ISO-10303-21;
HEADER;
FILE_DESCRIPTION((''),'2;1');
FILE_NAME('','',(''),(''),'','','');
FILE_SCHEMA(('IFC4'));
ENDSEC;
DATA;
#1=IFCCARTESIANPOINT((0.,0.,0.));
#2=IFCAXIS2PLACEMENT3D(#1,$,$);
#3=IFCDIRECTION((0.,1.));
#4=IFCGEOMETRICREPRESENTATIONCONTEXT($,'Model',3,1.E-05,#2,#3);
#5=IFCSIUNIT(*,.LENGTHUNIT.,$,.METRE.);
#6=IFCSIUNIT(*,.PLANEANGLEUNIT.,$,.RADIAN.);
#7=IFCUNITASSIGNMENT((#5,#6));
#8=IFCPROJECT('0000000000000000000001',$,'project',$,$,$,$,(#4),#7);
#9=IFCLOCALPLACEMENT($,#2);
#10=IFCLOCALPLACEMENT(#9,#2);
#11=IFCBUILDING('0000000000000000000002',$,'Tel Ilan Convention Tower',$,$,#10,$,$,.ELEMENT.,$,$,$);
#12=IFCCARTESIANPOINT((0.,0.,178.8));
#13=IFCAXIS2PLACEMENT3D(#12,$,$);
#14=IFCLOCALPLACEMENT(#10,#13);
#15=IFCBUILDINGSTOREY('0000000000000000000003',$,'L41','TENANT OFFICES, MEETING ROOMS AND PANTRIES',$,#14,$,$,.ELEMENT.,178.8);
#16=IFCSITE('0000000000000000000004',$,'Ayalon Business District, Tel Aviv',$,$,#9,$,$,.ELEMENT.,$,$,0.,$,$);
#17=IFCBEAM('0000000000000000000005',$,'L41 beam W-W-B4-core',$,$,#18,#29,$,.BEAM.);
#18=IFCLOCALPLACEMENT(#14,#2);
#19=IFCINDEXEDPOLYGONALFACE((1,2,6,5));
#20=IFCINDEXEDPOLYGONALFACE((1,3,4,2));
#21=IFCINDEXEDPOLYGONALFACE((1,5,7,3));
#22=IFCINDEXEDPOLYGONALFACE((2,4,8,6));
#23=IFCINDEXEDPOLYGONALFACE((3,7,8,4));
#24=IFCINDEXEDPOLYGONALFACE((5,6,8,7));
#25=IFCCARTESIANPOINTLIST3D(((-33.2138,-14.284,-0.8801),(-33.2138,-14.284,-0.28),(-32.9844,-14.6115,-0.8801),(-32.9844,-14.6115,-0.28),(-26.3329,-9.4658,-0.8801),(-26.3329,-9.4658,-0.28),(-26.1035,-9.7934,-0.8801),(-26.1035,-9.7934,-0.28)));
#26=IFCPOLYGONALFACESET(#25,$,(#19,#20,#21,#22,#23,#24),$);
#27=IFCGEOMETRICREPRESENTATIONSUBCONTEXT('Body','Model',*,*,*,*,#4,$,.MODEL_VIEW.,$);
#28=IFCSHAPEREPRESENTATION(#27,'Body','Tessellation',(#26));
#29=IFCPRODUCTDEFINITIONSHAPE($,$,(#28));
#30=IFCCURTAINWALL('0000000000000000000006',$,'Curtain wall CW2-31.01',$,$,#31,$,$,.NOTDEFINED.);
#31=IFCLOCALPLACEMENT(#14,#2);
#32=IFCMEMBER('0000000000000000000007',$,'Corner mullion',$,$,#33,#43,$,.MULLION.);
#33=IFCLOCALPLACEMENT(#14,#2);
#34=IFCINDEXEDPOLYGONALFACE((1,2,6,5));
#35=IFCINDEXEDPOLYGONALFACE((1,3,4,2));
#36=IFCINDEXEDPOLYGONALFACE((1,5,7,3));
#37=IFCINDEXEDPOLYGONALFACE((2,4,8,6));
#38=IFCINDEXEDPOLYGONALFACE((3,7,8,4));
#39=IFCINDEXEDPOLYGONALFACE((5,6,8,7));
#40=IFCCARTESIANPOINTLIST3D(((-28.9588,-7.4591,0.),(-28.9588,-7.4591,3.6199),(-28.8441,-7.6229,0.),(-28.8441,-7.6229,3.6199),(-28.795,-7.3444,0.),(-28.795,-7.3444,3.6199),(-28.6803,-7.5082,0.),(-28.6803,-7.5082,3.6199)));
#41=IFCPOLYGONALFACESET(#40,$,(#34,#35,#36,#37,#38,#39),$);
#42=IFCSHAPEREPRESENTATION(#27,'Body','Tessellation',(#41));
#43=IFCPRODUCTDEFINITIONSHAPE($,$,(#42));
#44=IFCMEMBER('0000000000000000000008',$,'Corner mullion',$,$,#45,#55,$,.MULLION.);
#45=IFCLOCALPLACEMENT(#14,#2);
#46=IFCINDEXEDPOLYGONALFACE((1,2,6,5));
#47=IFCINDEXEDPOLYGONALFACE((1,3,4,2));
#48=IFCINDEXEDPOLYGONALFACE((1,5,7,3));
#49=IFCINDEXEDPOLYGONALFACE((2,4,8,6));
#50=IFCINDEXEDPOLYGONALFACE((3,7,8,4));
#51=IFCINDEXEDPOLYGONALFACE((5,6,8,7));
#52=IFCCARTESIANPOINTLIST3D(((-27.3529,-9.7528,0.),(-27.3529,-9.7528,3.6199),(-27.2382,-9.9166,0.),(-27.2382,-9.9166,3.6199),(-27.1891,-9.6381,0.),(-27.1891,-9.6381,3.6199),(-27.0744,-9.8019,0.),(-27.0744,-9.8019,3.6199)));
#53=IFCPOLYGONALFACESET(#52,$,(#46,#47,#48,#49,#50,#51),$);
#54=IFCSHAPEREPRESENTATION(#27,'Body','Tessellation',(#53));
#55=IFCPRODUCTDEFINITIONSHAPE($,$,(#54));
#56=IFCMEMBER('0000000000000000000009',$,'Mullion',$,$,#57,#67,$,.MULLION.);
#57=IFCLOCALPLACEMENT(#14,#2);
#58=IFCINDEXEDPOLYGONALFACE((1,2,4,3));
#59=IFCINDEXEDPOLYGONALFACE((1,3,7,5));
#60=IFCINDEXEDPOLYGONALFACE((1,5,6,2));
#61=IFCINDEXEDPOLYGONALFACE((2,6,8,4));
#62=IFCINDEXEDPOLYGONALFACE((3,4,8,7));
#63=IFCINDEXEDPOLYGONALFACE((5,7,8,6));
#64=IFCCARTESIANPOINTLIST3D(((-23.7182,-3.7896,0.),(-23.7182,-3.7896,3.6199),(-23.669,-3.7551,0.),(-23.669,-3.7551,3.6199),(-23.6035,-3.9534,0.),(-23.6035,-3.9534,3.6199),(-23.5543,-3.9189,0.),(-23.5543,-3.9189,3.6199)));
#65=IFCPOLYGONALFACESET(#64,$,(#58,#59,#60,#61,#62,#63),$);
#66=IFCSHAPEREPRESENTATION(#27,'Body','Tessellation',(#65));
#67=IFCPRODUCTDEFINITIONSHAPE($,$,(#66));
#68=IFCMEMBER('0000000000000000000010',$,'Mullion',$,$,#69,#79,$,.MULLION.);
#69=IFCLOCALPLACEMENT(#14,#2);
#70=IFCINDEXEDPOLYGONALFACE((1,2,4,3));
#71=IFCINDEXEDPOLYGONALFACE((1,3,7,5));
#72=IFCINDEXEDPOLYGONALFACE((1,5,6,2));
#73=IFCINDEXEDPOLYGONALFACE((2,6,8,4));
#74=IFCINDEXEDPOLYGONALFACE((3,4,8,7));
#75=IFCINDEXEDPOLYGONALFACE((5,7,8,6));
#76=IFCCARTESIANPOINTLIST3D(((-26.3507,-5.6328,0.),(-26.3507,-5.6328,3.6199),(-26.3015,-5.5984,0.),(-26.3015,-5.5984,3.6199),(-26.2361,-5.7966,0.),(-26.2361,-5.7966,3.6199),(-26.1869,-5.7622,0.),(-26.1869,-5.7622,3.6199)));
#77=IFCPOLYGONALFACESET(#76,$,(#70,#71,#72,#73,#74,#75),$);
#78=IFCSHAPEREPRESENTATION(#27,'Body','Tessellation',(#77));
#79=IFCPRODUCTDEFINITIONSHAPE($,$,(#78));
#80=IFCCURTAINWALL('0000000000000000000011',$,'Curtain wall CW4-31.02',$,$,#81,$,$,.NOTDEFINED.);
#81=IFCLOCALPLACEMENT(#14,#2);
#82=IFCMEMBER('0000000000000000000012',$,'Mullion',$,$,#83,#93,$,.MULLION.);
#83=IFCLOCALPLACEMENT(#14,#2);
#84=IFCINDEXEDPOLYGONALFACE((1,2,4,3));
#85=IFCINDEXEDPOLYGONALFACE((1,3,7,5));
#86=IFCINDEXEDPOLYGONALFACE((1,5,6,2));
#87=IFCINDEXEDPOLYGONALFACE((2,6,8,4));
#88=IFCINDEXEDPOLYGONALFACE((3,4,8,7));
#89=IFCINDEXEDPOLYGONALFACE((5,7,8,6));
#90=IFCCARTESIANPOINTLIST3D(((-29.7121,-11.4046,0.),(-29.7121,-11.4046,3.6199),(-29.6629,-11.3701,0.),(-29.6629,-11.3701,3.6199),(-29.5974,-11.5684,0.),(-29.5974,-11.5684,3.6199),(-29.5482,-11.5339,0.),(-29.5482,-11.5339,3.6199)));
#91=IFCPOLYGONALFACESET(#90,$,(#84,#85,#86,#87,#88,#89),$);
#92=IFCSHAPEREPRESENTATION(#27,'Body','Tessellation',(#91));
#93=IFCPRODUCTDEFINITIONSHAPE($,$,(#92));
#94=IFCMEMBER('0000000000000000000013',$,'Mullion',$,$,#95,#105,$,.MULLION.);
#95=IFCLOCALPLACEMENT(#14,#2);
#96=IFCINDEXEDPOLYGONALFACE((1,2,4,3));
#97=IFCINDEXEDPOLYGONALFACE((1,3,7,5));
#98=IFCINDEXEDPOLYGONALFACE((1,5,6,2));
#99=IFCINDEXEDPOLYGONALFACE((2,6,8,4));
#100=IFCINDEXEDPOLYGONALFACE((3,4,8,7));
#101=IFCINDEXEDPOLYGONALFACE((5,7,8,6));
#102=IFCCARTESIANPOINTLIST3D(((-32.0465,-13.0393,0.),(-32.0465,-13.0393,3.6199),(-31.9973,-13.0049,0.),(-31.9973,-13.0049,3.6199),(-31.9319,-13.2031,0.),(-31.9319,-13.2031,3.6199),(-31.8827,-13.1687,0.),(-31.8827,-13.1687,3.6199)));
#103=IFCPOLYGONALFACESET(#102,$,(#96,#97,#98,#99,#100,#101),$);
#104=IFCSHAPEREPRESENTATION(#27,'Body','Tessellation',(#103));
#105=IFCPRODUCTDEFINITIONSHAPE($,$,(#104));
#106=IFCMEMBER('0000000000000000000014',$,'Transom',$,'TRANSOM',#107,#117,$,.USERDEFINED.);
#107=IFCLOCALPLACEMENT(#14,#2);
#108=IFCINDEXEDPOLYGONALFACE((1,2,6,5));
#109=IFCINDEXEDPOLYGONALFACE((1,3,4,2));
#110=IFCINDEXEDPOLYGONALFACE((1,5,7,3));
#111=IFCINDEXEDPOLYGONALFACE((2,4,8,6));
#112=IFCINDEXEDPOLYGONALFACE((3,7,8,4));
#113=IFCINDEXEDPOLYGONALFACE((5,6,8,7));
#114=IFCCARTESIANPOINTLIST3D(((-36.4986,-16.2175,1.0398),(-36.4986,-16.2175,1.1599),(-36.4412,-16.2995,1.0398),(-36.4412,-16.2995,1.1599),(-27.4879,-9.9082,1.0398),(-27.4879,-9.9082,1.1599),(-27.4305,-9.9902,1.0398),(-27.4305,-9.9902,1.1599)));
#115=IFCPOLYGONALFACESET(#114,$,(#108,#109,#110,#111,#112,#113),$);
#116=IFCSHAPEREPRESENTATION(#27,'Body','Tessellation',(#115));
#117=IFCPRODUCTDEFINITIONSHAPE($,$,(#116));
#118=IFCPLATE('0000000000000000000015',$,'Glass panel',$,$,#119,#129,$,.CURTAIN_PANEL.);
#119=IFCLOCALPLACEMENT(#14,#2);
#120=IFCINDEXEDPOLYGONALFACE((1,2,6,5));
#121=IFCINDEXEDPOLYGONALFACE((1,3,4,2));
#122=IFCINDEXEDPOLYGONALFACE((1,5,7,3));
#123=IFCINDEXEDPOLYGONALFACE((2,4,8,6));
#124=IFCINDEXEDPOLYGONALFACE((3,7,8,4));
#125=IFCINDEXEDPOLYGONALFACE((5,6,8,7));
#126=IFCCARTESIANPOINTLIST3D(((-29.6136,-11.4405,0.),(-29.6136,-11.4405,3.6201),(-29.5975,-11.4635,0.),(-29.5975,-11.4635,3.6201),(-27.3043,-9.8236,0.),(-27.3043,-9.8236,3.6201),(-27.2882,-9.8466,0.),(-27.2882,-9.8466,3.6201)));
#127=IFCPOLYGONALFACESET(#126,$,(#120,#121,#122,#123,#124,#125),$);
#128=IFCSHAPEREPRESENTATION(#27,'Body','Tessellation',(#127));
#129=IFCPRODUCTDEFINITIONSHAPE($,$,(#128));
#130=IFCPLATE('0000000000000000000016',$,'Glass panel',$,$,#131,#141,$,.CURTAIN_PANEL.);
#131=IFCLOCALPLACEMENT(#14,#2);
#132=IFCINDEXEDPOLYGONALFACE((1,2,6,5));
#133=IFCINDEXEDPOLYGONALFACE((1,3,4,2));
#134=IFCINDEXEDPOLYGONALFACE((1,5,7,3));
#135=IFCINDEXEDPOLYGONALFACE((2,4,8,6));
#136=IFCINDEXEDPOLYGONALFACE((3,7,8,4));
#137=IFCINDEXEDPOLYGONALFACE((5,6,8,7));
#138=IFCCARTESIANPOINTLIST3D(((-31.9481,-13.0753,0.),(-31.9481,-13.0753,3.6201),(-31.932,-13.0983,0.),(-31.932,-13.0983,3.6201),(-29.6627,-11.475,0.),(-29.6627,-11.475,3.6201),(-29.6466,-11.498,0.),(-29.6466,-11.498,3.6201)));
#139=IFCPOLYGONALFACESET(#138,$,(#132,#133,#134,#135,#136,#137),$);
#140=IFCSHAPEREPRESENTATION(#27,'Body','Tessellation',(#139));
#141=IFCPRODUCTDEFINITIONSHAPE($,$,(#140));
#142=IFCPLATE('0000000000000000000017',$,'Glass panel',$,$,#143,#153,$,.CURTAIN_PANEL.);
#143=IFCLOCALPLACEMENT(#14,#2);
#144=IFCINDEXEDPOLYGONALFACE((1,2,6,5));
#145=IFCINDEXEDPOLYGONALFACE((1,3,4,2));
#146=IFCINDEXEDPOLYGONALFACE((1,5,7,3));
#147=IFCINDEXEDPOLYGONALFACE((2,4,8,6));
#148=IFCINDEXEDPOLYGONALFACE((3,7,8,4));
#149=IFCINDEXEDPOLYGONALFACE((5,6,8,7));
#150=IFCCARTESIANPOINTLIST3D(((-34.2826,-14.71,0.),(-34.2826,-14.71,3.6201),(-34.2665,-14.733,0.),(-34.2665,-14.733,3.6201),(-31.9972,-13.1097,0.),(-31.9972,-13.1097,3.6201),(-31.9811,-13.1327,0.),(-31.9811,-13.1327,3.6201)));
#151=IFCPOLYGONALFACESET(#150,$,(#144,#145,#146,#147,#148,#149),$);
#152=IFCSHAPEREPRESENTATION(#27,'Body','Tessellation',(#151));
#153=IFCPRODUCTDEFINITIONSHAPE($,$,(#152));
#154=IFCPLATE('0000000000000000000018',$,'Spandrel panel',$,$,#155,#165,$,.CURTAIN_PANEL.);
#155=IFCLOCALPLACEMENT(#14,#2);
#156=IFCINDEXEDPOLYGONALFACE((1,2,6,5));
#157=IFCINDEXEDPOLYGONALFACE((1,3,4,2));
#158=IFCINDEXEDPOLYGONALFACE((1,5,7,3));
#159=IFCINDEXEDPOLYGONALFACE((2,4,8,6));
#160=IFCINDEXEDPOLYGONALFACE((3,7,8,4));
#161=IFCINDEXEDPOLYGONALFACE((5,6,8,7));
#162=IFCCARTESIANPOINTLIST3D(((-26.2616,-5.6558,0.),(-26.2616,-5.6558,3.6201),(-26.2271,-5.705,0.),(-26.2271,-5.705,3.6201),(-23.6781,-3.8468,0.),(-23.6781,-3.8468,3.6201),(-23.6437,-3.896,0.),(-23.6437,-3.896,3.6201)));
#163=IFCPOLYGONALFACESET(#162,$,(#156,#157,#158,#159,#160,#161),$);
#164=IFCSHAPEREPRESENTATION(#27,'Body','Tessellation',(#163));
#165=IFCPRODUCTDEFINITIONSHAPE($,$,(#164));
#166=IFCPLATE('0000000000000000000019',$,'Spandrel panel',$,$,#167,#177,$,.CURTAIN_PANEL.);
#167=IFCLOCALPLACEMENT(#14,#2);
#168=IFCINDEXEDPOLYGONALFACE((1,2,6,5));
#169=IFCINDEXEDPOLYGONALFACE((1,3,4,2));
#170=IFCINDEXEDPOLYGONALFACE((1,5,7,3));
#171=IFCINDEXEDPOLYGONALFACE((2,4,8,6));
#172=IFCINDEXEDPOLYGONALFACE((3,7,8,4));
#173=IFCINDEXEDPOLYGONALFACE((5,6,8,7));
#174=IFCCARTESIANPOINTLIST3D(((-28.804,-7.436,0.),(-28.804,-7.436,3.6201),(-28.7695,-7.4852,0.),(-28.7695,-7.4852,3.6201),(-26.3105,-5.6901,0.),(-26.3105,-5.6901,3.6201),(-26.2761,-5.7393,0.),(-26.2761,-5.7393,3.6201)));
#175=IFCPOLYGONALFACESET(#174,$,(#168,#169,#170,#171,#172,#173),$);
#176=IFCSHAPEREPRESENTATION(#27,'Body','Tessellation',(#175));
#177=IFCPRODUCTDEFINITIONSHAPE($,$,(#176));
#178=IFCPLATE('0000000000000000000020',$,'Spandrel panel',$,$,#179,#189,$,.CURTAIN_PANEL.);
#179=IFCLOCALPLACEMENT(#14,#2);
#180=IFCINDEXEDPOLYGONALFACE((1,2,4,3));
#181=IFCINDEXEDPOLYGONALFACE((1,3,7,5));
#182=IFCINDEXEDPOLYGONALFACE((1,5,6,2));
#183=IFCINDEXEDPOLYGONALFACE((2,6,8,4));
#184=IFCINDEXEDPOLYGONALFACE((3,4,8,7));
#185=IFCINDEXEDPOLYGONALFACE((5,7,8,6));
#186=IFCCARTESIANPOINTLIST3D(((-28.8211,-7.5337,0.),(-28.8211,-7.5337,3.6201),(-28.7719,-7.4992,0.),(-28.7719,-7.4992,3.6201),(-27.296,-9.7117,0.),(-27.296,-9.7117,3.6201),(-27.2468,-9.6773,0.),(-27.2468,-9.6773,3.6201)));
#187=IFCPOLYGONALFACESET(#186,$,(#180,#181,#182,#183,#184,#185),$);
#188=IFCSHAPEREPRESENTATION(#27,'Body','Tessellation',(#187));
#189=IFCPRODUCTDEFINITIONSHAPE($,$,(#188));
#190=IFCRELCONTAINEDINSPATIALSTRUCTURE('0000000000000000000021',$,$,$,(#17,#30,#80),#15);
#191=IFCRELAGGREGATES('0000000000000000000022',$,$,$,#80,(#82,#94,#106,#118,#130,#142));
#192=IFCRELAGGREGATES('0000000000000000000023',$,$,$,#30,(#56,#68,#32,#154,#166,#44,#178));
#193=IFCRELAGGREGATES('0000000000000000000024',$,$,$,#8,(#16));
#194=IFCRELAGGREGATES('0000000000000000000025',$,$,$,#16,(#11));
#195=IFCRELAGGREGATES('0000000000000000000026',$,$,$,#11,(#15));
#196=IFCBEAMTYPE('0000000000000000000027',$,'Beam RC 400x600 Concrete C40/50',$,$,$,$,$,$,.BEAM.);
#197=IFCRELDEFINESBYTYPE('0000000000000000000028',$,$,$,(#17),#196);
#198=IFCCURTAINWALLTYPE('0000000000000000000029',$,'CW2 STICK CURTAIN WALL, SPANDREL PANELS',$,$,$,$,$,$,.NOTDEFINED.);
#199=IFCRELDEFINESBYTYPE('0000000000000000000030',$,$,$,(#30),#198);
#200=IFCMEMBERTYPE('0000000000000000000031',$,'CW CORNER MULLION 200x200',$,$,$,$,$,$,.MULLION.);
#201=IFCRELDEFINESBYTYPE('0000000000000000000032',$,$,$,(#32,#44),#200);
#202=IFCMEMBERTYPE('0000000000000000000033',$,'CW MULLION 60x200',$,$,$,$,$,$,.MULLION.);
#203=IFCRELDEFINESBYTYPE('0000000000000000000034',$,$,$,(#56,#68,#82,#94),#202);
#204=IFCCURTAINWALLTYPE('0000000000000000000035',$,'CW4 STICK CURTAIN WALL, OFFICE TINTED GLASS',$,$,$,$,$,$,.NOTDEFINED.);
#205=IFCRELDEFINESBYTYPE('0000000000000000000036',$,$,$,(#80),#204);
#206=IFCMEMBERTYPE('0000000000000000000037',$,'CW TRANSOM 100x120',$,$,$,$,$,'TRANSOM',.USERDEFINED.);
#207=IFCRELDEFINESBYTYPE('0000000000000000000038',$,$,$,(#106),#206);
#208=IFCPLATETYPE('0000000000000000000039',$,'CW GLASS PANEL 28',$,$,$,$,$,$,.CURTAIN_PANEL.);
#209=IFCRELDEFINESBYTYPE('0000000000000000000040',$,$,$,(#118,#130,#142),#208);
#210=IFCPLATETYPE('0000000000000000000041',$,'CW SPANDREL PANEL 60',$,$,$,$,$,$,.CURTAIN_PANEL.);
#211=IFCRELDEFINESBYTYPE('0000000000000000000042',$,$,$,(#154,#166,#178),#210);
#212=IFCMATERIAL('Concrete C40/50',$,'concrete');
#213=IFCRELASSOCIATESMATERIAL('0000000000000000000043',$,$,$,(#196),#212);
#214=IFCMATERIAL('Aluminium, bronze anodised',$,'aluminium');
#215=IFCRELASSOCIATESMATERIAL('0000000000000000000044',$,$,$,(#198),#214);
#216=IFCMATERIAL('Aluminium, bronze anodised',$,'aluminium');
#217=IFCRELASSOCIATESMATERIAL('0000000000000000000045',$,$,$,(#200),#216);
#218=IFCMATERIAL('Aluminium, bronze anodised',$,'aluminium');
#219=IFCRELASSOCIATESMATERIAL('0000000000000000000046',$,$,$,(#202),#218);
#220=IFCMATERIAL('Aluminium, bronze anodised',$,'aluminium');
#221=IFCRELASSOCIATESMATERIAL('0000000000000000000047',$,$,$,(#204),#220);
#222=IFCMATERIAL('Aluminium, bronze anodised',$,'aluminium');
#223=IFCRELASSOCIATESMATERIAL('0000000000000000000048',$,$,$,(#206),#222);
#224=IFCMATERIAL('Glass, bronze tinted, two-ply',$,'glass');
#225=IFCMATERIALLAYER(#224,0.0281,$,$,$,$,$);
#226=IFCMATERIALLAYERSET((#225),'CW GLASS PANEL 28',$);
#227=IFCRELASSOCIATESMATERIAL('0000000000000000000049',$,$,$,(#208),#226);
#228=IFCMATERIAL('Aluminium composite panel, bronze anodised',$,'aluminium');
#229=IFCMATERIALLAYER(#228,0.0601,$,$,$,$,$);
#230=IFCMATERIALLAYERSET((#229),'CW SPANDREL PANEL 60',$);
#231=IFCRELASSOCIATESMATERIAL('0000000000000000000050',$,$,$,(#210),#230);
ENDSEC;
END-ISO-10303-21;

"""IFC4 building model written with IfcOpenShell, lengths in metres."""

from ifc_helpers import new_model, si_unit, direction, frame, origin, origin_2d, place, context, subcontext, project, spatial, rectangle, extrude, material, layer, layer_set, material_profile, profile_set, type_object, element, aggregate, save


model = new_model("IFC4")

# Units and contexts
model_context = context("Model", 3, precision=1e-05, world=origin(), true_north=direction((0.0, 1.0)))
body_context = subcontext(model_context, "Body", "Model", "MODEL_VIEW")
ifc_project = project(units=[si_unit("LENGTHUNIT", "METRE"), si_unit("PLANEANGLEUNIT", "RADIAN")], contexts=[model_context])

# Site, building, storey
site_placement = place(None, origin())
site = spatial("IfcSite", under=ifc_project, at=site_placement, Name="Ayalon Business District, Tel Aviv", CompositionType="ELEMENT", RefElevation=0.0)
building_placement = place(site_placement, origin())
building = spatial("IfcBuilding", under=site, at=building_placement, Name="Tel Ilan Convention Tower", CompositionType="ELEMENT")
storey_placement = place(building_placement, frame((0.0, 0.0, 178.8)))
storey = spatial("IfcBuildingStorey", under=building, at=storey_placement, Name="L41", Description="TENANT OFFICES, MEETING ROOMS AND PANTRIES", CompositionType="ELEMENT", Elevation=178.8)

# Beam
ifc_material_1 = material(Name="Concrete C40/50", Category="concrete")
ifc_material_profile_1 = material_profile(ifc_material_1, rectangle(XDim=0.3999, YDim=0.6001, at=origin_2d()), Name="RC 400x600")
ifc_profile_set_1 = profile_set([ifc_material_profile_1], Name="Concrete C40/50")
beam_type = type_object("IfcBeamType", Name="Beam RC 400x600 Concrete C40/50", PredefinedType="BEAM", material=ifc_profile_set_1)
beam_placement = place(storey_placement, frame((-33.0991, -14.4478, -0.5801), z_axis=(0.819147, 0.573583, 0.0), x_axis=(-0.573583, 0.819147, 0.0)))
element("IfcBeam", 1, at=beam_placement, inside=storey, type_object=beam_type, Name="L41 beam W-W-B4-core", PredefinedType="BEAM", context=body_context, shape_type="SweptSolid", body=[
    extrude(rectangle(XDim=0.3999, YDim=0.6001, at=origin_2d()), origin(), (0.0, 0.0, 1.0), 8.4001),
])

# Curtain wall, members
ifc_material_2 = material(Name="Aluminium, bronze anodised", Category="aluminium")
curtain_wall_type_1 = type_object("IfcCurtainWallType", Name="CW2 STICK CURTAIN WALL, SPANDREL PANELS", PredefinedType="NOTDEFINED", material=ifc_material_2)
curtain_wall_1_placement = place(storey_placement, origin())
curtain_wall_1 = element("IfcCurtainWall", 2, at=curtain_wall_1_placement, inside=storey, type_object=curtain_wall_type_1, Name="Curtain wall CW2-31.01", PredefinedType="NOTDEFINED")
ifc_material_3 = material(Name="Aluminium, bronze anodised", Category="aluminium")
ifc_material_profile_2 = material_profile(ifc_material_3, rectangle(XDim=0.2, YDim=0.2, at=origin_2d()), Name="CW CORNER MULLION 200x200")
ifc_profile_set_2 = profile_set([ifc_material_profile_2], Name="Aluminium, bronze anodised")
member_type_1 = type_object("IfcMemberType", Name="CW CORNER MULLION 200x200", PredefinedType="MULLION", material=ifc_profile_set_2)
member_1_placement = place(storey_placement, frame((-28.8196, -7.4836, 0.0), z_axis=(0.0, 0.0, 1.0), x_axis=(-0.819152, -0.573576, 0.0)))
member_1 = element("IfcMember", 3, at=member_1_placement, type_object=member_type_1, Name="Corner mullion", PredefinedType="MULLION", context=body_context, shape_type="SweptSolid", body=[
    extrude(rectangle(XDim=0.2, YDim=0.2, at=origin_2d()), origin(), (0.0, 0.0, 1.0), 3.6199),
])
member_2_placement = place(storey_placement, frame((-27.2136, -9.7773, 0.0), z_axis=(0.0, 0.0, 1.0), x_axis=(0.573576, -0.819152, 0.0)))
member_2 = element("IfcMember", 4, at=member_2_placement, type_object=member_type_1, Name="Corner mullion", PredefinedType="MULLION", context=body_context, shape_type="SweptSolid", body=[
    extrude(rectangle(XDim=0.2, YDim=0.2, at=origin_2d()), origin(), (0.0, 0.0, 1.0), 3.6199),
])
ifc_material_4 = material(Name="Aluminium, bronze anodised", Category="aluminium")
ifc_material_profile_3 = material_profile(ifc_material_4, rectangle(XDim=0.0601, YDim=0.2, at=origin_2d()), Name="CW MULLION 60x200")
ifc_profile_set_3 = profile_set([ifc_material_profile_3], Name="Aluminium, bronze anodised")
member_type_2 = type_object("IfcMemberType", Name="CW MULLION 60x200", PredefinedType="MULLION", material=ifc_profile_set_3)
member_3_placement = place(storey_placement, frame((-23.6362, -3.8542, 0.0), z_axis=(0.0, 0.0, 1.0), x_axis=(-0.819152, -0.573576, 0.0)))
member_3 = element("IfcMember", 5, at=member_3_placement, type_object=member_type_2, Name="Mullion", PredefinedType="MULLION", context=body_context, shape_type="SweptSolid", body=[
    extrude(rectangle(XDim=0.0601, YDim=0.2, at=origin_2d()), origin(), (0.0, 0.0, 1.0), 3.6199),
])
member_4_placement = place(storey_placement, frame((-26.2688, -5.6975, 0.0), z_axis=(0.0, 0.0, 1.0), x_axis=(-0.819152, -0.573576, 0.0)))
member_4 = element("IfcMember", 6, at=member_4_placement, type_object=member_type_2, Name="Mullion", PredefinedType="MULLION", context=body_context, shape_type="SweptSolid", body=[
    extrude(rectangle(XDim=0.0601, YDim=0.2, at=origin_2d()), origin(), (0.0, 0.0, 1.0), 3.6199),
])

# Curtain wall, members, plates
ifc_material_5 = material(Name="Aluminium, bronze anodised", Category="aluminium")
curtain_wall_type_2 = type_object("IfcCurtainWallType", Name="CW4 STICK CURTAIN WALL, OFFICE TINTED GLASS", PredefinedType="NOTDEFINED", material=ifc_material_5)
curtain_wall_2_placement = place(storey_placement, origin())
curtain_wall_2 = element("IfcCurtainWall", 7, at=curtain_wall_2_placement, inside=storey, type_object=curtain_wall_type_2, Name="Curtain wall CW4-31.02", PredefinedType="NOTDEFINED")
member_5_placement = place(storey_placement, frame((-29.6301, -11.4692, 0.0), z_axis=(0.0, 0.0, 1.0), x_axis=(-0.819152, -0.573576, 0.0)))
member_5 = element("IfcMember", 8, at=member_5_placement, type_object=member_type_2, Name="Mullion", PredefinedType="MULLION", context=body_context, shape_type="SweptSolid", body=[
    extrude(rectangle(XDim=0.0601, YDim=0.2, at=origin_2d()), origin(), (0.0, 0.0, 1.0), 3.6199),
])
member_6_placement = place(storey_placement, frame((-31.9646, -13.104, 0.0), z_axis=(0.0, 0.0, 1.0), x_axis=(-0.819152, -0.573576, 0.0)))
member_6 = element("IfcMember", 9, at=member_6_placement, type_object=member_type_2, Name="Mullion", PredefinedType="MULLION", context=body_context, shape_type="SweptSolid", body=[
    extrude(rectangle(XDim=0.0601, YDim=0.2, at=origin_2d()), origin(), (0.0, 0.0, 1.0), 3.6199),
])
ifc_material_6 = material(Name="Aluminium, bronze anodised", Category="aluminium")
ifc_material_profile_4 = material_profile(ifc_material_6, rectangle(XDim=0.1001, YDim=0.1201, at=origin_2d()), Name="CW TRANSOM 100x120")
ifc_profile_set_4 = profile_set([ifc_material_profile_4], Name="Aluminium, bronze anodised")
member_type_3 = type_object("IfcMemberType", Name="CW TRANSOM 100x120", ElementType="TRANSOM", PredefinedType="USERDEFINED", material=ifc_profile_set_4)
member_7_placement = place(storey_placement, frame((-27.4592, -9.9492, 1.0999), z_axis=(-0.819155, -0.573573, 0.0), x_axis=(0.573573, -0.819155, 0.0)))
member_7 = element("IfcMember", 10, at=member_7_placement, type_object=member_type_3, Name="Transom", ObjectType="TRANSOM", PredefinedType="USERDEFINED", context=body_context, shape_type="SweptSolid", body=[
    extrude(rectangle(XDim=0.1001, YDim=0.1201, at=origin_2d()), origin(), (0.0, 0.0, 1.0), 11.0),
])
ifc_material_7 = material(Name="Glass, bronze tinted, two-ply", Category="glass")
ifc_layer_1 = layer(ifc_material_7, 0.0281)
ifc_layer_set_1 = layer_set([ifc_layer_1], Name="CW GLASS PANEL 28")
plate_type_1 = type_object("IfcPlateType", Name="CW GLASS PANEL 28", PredefinedType="CURTAIN_PANEL", material=ifc_layer_set_1)
plate_1_placement = place(storey_placement, frame((-28.4509, -10.6436, 0.0), z_axis=(0.0, 0.0, 1.0), x_axis=(-0.819152, -0.573576, 0.0)))
plate_1 = element("IfcPlate", 11, at=plate_1_placement, type_object=plate_type_1, Name="Glass panel", PredefinedType="CURTAIN_PANEL", context=body_context, shape_type="SweptSolid", body=[
    extrude(rectangle(XDim=2.8191, YDim=0.0281, at=origin_2d()), origin(), (0.0, 0.0, 1.0), 3.6201),
])
plate_2_placement = place(storey_placement, frame((-30.7974, -12.2866, 0.0), z_axis=(0.0, 0.0, 1.0), x_axis=(-0.819152, -0.573576, 0.0)))
plate_2 = element("IfcPlate", 12, at=plate_2_placement, type_object=plate_type_1, Name="Glass panel", PredefinedType="CURTAIN_PANEL", context=body_context, shape_type="SweptSolid", body=[
    extrude(rectangle(XDim=2.79, YDim=0.0281, at=origin_2d()), origin(), (0.0, 0.0, 1.0), 3.6201),
])
plate_3_placement = place(storey_placement, frame((-33.1318, -13.9214, 0.0), z_axis=(0.0, 0.0, 1.0), x_axis=(-0.819152, -0.573576, 0.0)))
plate_3 = element("IfcPlate", 13, at=plate_3_placement, type_object=plate_type_1, Name="Glass panel", PredefinedType="CURTAIN_PANEL", context=body_context, shape_type="SweptSolid", body=[
    extrude(rectangle(XDim=2.79, YDim=0.0281, at=origin_2d()), origin(), (0.0, 0.0, 1.0), 3.6201),
])
aggregate(curtain_wall_2, [member_5, member_6, member_7, plate_1, plate_2, plate_3])

# Plates
ifc_material_8 = material(Name="Aluminium composite panel, bronze anodised", Category="aluminium")
ifc_layer_2 = layer(ifc_material_8, 0.0601)
ifc_layer_set_2 = layer_set([ifc_layer_2], Name="CW SPANDREL PANEL 60")
plate_type_2 = type_object("IfcPlateType", Name="CW SPANDREL PANEL 60", PredefinedType="CURTAIN_PANEL", material=ifc_layer_set_2)
plate_4_placement = place(storey_placement, frame((-24.9526, -4.7759, 0.0), z_axis=(0.0, 0.0, 1.0), x_axis=(-0.819152, -0.573576, 0.0)))
plate_4 = element("IfcPlate", 14, at=plate_4_placement, type_object=plate_type_2, Name="Spandrel panel", PredefinedType="CURTAIN_PANEL", context=body_context, shape_type="SweptSolid", body=[
    extrude(rectangle(XDim=3.1538, YDim=0.0601, at=origin_2d()), origin(), (0.0, 0.0, 1.0), 3.6201),
])
plate_5_placement = place(storey_placement, frame((-27.54, -6.5876, 0.0), z_axis=(0.0, 0.0, 1.0), x_axis=(-0.819152, -0.573576, 0.0)))
plate_5 = element("IfcPlate", 15, at=plate_5_placement, type_object=plate_type_2, Name="Spandrel panel", PredefinedType="CURTAIN_PANEL", context=body_context, shape_type="SweptSolid", body=[
    extrude(rectangle(XDim=3.0439, YDim=0.0601, at=origin_2d()), origin(), (0.0, 0.0, 1.0), 3.6201),
])
plate_6_placement = place(storey_placement, frame((-28.0339, -8.6055, 0.0), z_axis=(0.0, 0.0, 1.0), x_axis=(0.573576, -0.819152, 0.0)))
plate_6 = element("IfcPlate", 16, at=plate_6_placement, type_object=plate_type_2, Name="Spandrel panel", PredefinedType="CURTAIN_PANEL", context=body_context, shape_type="SweptSolid", body=[
    extrude(rectangle(XDim=2.6589, YDim=0.0601, at=origin_2d()), origin(), (0.0, 0.0, 1.0), 3.6201),
])
aggregate(curtain_wall_1, [member_3, member_4, member_1, plate_4, plate_5, member_2, plate_6])

save(model, "model.ifc")
